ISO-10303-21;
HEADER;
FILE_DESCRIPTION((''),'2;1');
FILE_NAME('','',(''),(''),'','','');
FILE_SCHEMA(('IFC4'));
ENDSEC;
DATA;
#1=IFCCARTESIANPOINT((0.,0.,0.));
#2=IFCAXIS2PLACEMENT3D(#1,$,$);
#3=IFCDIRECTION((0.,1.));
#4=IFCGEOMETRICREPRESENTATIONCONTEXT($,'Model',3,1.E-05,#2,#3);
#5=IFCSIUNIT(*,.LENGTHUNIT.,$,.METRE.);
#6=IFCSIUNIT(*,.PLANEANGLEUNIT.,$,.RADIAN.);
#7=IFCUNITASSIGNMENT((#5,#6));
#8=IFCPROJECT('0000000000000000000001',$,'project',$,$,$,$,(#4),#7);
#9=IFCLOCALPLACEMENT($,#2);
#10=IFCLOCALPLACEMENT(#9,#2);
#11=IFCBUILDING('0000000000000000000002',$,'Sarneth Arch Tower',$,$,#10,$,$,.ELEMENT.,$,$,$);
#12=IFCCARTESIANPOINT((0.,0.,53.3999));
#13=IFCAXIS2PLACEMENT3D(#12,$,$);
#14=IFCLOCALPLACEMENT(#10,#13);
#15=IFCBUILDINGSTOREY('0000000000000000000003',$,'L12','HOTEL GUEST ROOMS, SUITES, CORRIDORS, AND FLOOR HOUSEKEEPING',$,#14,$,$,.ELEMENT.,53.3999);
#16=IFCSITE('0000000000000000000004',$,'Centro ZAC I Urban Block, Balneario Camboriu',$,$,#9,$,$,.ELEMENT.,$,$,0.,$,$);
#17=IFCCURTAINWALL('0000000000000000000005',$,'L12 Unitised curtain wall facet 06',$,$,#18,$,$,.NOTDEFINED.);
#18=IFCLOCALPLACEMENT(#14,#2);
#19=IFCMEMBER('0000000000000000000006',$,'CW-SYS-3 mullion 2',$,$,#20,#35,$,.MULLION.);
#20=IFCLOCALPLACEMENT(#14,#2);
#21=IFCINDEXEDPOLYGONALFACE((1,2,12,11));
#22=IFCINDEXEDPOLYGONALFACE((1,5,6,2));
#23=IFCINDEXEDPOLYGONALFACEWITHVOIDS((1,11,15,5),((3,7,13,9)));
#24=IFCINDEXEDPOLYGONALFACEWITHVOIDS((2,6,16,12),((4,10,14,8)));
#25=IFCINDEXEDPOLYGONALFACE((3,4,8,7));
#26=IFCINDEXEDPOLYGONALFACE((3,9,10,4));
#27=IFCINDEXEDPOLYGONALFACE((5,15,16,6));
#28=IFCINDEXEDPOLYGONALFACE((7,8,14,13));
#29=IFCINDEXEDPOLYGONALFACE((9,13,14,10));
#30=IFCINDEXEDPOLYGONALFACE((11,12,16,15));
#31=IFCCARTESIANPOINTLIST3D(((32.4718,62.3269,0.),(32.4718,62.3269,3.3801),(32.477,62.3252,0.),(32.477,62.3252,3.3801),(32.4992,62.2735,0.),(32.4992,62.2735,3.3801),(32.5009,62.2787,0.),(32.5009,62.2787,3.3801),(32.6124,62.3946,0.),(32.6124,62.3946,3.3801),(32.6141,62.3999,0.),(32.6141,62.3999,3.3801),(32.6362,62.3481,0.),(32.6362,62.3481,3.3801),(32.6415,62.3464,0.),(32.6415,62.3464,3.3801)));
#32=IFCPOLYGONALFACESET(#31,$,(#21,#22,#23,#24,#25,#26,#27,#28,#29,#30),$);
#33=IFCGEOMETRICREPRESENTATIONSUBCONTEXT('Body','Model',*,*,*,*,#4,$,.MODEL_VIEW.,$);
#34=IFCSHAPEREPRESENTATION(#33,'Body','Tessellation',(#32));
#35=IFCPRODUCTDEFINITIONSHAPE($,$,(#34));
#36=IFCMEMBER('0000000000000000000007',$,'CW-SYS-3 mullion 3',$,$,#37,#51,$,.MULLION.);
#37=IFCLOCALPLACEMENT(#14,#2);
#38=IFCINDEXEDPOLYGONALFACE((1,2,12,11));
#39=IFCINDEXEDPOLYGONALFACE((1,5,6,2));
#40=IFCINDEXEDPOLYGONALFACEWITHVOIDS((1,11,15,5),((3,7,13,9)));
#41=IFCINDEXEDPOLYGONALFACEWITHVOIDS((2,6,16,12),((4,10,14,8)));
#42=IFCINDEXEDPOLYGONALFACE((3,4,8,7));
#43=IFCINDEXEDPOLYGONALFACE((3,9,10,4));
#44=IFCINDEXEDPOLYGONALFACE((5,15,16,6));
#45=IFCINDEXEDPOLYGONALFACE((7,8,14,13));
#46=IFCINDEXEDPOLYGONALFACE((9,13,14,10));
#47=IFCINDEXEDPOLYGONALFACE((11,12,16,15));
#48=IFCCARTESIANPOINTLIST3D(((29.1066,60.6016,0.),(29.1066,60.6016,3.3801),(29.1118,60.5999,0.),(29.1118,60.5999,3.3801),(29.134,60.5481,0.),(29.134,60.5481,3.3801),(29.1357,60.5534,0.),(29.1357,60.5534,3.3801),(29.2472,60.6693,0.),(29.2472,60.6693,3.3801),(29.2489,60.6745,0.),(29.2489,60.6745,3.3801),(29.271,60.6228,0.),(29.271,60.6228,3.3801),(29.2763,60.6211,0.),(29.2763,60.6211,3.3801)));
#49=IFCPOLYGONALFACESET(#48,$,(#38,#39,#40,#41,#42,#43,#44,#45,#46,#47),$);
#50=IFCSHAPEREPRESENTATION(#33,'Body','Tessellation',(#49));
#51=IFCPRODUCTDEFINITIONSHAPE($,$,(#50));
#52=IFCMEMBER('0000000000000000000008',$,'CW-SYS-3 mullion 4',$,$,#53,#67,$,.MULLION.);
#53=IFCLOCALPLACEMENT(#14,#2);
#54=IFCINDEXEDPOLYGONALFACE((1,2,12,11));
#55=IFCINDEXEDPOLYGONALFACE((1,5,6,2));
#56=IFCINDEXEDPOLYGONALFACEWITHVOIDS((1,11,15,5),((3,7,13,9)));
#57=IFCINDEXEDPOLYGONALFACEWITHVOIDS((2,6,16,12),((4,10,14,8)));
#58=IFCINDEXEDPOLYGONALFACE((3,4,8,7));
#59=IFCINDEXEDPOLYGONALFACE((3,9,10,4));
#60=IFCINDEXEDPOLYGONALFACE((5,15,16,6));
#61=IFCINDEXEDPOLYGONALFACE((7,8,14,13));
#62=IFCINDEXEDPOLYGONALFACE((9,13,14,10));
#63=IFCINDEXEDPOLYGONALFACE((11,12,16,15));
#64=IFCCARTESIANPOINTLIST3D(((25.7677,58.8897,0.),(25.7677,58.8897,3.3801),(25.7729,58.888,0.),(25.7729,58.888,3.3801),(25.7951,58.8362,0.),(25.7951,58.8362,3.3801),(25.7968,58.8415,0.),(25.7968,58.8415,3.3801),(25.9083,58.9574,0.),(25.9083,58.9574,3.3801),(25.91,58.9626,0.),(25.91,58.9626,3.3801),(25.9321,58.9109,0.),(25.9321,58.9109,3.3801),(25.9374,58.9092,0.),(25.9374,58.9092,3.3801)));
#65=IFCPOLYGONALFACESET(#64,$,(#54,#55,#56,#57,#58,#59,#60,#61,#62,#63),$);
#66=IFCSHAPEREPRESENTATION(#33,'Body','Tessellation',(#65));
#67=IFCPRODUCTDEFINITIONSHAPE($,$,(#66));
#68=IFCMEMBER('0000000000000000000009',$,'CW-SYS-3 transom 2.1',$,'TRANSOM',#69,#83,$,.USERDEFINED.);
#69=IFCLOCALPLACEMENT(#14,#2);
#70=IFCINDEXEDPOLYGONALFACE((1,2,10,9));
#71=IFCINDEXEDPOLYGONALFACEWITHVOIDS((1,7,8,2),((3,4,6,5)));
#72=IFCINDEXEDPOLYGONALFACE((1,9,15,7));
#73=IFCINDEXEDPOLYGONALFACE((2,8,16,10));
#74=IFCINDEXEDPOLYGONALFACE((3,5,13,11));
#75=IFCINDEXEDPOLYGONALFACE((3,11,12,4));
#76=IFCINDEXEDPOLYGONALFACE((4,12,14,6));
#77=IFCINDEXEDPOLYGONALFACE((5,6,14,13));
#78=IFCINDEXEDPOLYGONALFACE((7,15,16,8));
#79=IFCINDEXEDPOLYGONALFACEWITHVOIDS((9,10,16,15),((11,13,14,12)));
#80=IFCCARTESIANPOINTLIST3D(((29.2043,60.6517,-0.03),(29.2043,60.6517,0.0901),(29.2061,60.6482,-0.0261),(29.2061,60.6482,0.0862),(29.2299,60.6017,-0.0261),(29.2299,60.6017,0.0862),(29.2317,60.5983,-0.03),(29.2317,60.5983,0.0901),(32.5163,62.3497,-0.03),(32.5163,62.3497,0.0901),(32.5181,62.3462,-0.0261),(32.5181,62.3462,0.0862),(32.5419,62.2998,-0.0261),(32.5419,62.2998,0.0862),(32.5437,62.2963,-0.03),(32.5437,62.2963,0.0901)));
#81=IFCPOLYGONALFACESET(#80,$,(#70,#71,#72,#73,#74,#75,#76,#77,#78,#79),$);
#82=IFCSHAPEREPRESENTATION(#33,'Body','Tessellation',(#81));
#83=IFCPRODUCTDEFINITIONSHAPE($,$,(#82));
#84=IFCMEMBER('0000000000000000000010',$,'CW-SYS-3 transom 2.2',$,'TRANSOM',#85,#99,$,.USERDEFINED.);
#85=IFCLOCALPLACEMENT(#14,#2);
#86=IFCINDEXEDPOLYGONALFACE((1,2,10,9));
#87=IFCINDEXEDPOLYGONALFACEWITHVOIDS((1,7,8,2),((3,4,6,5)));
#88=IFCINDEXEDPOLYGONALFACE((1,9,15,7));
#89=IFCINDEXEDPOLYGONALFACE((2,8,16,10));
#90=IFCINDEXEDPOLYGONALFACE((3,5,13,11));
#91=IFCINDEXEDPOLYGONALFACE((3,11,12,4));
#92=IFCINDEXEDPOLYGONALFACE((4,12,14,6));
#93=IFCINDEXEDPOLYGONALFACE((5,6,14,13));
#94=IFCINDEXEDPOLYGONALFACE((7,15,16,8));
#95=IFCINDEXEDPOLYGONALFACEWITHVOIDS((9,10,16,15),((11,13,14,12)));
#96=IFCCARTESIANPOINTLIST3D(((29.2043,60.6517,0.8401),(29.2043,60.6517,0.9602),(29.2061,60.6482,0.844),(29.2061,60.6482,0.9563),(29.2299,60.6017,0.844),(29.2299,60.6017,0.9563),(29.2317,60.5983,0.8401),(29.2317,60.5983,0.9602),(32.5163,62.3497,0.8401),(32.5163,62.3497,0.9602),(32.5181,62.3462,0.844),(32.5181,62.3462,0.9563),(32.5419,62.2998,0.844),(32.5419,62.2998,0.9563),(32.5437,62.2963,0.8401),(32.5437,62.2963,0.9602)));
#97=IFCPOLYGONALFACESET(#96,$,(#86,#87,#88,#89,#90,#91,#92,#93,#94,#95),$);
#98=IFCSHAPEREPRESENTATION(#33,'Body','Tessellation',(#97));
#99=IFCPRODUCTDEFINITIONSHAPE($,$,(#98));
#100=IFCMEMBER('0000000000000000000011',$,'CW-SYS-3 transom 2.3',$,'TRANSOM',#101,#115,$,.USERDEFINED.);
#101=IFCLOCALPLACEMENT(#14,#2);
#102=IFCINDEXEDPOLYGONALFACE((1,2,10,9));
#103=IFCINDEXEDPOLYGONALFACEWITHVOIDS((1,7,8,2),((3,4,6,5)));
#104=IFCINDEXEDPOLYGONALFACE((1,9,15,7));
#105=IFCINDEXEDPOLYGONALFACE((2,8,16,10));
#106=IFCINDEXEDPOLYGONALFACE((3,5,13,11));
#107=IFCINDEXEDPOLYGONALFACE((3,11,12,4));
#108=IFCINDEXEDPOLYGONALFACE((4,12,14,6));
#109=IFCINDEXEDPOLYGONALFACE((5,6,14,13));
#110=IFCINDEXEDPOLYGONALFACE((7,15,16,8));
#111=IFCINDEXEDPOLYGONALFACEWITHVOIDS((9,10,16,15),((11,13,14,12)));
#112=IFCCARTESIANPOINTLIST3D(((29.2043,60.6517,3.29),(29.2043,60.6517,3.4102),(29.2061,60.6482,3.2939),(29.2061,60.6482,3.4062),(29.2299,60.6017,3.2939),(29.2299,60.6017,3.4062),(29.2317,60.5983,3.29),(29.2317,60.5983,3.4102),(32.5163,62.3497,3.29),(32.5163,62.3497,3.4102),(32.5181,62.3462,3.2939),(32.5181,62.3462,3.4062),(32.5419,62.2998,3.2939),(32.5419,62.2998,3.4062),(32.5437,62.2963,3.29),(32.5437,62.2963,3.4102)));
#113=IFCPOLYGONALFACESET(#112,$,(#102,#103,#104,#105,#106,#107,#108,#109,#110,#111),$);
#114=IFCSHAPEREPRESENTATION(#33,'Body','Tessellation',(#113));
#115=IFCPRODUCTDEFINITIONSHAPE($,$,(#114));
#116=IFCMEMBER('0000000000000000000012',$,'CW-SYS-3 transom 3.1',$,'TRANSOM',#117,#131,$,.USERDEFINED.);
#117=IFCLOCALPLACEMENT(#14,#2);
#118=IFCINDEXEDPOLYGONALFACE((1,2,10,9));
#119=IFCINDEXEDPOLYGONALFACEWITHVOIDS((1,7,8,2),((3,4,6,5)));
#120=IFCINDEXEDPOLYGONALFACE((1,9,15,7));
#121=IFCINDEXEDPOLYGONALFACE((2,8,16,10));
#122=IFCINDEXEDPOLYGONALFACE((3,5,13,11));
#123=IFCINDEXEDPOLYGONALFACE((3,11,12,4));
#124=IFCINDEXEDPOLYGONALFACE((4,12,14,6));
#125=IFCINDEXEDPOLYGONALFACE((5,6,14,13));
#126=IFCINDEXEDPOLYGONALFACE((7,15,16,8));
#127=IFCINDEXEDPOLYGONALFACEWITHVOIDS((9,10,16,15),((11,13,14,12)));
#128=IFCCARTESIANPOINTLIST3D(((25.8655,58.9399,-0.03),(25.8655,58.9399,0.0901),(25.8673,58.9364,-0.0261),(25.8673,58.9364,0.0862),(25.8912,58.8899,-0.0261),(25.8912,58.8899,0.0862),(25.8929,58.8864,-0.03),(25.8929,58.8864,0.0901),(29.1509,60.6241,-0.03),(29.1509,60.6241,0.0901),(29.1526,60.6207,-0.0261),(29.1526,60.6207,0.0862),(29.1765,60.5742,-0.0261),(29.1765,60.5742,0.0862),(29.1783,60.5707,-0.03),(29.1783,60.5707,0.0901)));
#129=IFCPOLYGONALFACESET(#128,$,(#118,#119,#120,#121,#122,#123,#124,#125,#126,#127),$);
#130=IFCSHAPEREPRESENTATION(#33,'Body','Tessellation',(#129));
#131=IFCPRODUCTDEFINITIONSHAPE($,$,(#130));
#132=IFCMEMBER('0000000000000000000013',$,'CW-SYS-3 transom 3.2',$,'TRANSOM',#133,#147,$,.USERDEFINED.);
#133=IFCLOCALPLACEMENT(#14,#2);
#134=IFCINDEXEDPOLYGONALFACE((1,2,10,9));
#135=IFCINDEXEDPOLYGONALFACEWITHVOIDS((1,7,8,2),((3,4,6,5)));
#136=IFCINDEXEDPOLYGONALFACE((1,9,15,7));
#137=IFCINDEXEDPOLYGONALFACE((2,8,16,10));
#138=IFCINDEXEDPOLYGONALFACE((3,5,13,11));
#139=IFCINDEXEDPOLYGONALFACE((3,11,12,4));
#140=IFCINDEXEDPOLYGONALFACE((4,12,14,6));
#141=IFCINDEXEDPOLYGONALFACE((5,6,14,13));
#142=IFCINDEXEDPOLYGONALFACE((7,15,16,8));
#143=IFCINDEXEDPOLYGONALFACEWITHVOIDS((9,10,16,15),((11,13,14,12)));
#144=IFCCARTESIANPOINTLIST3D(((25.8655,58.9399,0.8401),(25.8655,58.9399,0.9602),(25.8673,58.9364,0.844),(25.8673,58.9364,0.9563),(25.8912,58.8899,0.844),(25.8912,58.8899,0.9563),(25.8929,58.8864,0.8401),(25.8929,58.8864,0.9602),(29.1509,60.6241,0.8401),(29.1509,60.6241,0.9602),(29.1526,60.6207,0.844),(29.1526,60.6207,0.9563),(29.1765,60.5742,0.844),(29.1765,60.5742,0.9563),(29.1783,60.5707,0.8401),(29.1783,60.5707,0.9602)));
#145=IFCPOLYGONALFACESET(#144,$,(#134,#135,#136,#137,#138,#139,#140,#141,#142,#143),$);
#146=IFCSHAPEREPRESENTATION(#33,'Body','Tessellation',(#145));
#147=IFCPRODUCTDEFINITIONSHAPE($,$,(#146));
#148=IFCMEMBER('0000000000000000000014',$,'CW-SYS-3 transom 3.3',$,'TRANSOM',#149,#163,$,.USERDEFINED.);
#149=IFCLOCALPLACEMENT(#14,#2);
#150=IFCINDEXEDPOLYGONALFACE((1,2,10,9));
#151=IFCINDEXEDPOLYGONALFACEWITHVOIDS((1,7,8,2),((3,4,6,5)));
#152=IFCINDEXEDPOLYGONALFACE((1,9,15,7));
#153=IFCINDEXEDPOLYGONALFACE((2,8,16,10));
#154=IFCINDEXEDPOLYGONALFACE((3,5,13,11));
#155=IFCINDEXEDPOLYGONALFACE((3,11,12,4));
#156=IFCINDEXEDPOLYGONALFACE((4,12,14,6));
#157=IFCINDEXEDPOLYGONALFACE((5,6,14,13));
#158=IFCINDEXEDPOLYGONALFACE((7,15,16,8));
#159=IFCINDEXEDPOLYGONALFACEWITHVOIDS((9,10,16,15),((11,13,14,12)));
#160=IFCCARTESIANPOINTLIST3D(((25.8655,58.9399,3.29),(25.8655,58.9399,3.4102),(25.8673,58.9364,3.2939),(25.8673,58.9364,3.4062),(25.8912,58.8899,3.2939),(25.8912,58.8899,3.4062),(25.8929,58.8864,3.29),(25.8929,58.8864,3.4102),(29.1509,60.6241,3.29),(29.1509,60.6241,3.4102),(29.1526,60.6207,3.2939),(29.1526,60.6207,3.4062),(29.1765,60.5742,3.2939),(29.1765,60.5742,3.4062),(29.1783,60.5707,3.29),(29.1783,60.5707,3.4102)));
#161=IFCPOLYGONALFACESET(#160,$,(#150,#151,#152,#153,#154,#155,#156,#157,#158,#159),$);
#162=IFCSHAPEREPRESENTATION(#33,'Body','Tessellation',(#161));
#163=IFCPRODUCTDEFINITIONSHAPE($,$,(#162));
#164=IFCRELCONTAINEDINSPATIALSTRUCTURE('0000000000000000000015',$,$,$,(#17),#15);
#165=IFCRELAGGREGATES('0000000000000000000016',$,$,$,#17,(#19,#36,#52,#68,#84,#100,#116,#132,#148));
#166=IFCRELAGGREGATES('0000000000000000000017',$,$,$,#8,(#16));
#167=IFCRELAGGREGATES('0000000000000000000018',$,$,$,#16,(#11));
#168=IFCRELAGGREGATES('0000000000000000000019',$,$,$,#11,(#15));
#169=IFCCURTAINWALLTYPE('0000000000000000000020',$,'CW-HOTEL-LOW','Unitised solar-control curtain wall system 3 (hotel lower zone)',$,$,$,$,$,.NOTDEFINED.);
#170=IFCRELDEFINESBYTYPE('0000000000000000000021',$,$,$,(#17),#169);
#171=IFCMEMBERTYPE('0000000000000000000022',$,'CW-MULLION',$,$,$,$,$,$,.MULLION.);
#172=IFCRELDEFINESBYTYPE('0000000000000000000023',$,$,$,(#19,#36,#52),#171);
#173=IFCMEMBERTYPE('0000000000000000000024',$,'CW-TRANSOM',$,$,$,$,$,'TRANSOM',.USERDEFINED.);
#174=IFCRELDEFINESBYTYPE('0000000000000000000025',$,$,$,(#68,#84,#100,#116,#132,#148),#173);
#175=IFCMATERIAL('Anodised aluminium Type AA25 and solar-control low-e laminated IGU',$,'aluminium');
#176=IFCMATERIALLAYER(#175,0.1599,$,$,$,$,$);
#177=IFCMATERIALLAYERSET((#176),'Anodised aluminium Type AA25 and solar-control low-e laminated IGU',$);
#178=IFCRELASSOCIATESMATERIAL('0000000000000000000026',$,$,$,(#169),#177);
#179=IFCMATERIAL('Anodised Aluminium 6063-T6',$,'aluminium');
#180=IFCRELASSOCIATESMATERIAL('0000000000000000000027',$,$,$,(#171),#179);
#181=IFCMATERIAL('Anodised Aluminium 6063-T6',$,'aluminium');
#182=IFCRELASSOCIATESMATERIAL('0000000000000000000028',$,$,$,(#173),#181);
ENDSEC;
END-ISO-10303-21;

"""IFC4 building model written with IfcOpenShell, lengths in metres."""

from ifc_helpers import new_model, si_unit, direction, frame, origin, origin_2d, place, context, subcontext, project, spatial, hollow_rectangle, extrude, material, layer, layer_set, material_profile, profile_set, type_object, element, aggregate, save


model = new_model("IFC4")

# Units and contexts
model_context = context("Model", 3, precision=1e-05, world=origin(), true_north=direction((0.0, 1.0)))
body_context = subcontext(model_context, "Body", "Model", "MODEL_VIEW")
ifc_project = project(units=[si_unit("LENGTHUNIT", "METRE"), si_unit("PLANEANGLEUNIT", "RADIAN")], contexts=[model_context])

# Site, building, storey
site_placement = place(None, origin())
site = spatial("IfcSite", under=ifc_project, at=site_placement, Name="Centro ZAC I Urban Block, Balneario Camboriu", CompositionType="ELEMENT", RefElevation=0.0)
building_placement = place(site_placement, origin())
building = spatial("IfcBuilding", under=site, at=building_placement, Name="Sarneth Arch Tower", CompositionType="ELEMENT")
storey_placement = place(building_placement, frame((0.0, 0.0, 53.3999)))
storey = spatial("IfcBuildingStorey", under=building, at=storey_placement, Name="L12", Description="HOTEL GUEST ROOMS, SUITES, CORRIDORS, AND FLOOR HOUSEKEEPING", CompositionType="ELEMENT", Elevation=53.3999)

# Curtain wall, members
ifc_material_1 = material(Name="Anodised aluminium Type AA25 and solar-control low-e laminated IGU", Category="aluminium")
ifc_layer_1 = layer(ifc_material_1, 0.1599)
ifc_layer_set_1 = layer_set([ifc_layer_1], Name="Anodised aluminium Type AA25 and solar-control low-e laminated IGU")
curtain_wall_type = type_object("IfcCurtainWallType", Name="CW-HOTEL-LOW", Description="Unitised solar-control curtain wall system 3 (hotel lower zone)", PredefinedType="NOTDEFINED", material=ifc_layer_set_1)
curtain_wall_placement = place(storey_placement, origin())
curtain_wall = element("IfcCurtainWall", 1, at=curtain_wall_placement, inside=storey, type_object=curtain_wall_type, Name="L12 Unitised curtain wall facet 06", PredefinedType="NOTDEFINED")
ifc_material_2 = material(Name="Anodised Aluminium 6063-T6", Category="aluminium")
ifc_material_profile_1 = material_profile(ifc_material_2, hollow_rectangle(XDim=0.0601, YDim=0.1599, WallThickness=0.0039, at=origin_2d()), Name="AL-MULL-160x60x4")
ifc_profile_set_1 = profile_set([ifc_material_profile_1], Name="Anodised Aluminium 6063-T6")
member_type_1 = type_object("IfcMemberType", Name="CW-MULLION", PredefinedType="MULLION", material=ifc_profile_set_1)
member_1_placement = place(storey_placement, frame((32.5566, 62.3367, 0.0), z_axis=(0.0, 0.0, 1.0), x_axis=(0.456245, -0.889854, 0.0)))
member_1 = element("IfcMember", 2, at=member_1_placement, type_object=member_type_1, Name="CW-SYS-3 mullion 2", PredefinedType="MULLION", context=body_context, shape_type="SweptSolid", body=[
    extrude(hollow_rectangle(XDim=0.0601, YDim=0.1599, WallThickness=0.0039, at=origin_2d()), origin(), (0.0, 0.0, 1.0), 3.3801),
])
member_2_placement = place(storey_placement, frame((29.1914, 60.6113, 0.0), z_axis=(0.0, 0.0, 1.0), x_axis=(0.456245, -0.889854, 0.0)))
member_2 = element("IfcMember", 3, at=member_2_placement, type_object=member_type_1, Name="CW-SYS-3 mullion 3", PredefinedType="MULLION", context=body_context, shape_type="SweptSolid", body=[
    extrude(hollow_rectangle(XDim=0.0601, YDim=0.1599, WallThickness=0.0039, at=origin_2d()), origin(), (0.0, 0.0, 1.0), 3.3801),
])
member_3_placement = place(storey_placement, frame((25.8525, 58.8994, 0.0), z_axis=(0.0, 0.0, 1.0), x_axis=(0.456245, -0.889854, 0.0)))
member_3 = element("IfcMember", 4, at=member_3_placement, type_object=member_type_1, Name="CW-SYS-3 mullion 4", PredefinedType="MULLION", context=body_context, shape_type="SweptSolid", body=[
    extrude(hollow_rectangle(XDim=0.0601, YDim=0.1599, WallThickness=0.0039, at=origin_2d()), origin(), (0.0, 0.0, 1.0), 3.3801),
])
ifc_material_3 = material(Name="Anodised Aluminium 6063-T6", Category="aluminium")
ifc_material_profile_2 = material_profile(ifc_material_3, hollow_rectangle(XDim=0.0601, YDim=0.1201, WallThickness=0.0039, at=origin_2d()), Name="AL-TRAN-120x60x4")
ifc_profile_set_2 = profile_set([ifc_material_profile_2], Name="Anodised Aluminium 6063-T6")
member_type_2 = type_object("IfcMemberType", Name="CW-TRANSOM", ElementType="TRANSOM", PredefinedType="USERDEFINED", material=ifc_profile_set_2)
member_4_placement = place(storey_placement, frame((32.53, 62.323, 0.03), z_axis=(-0.889869, -0.456217, 0.0), x_axis=(0.456217, -0.889869, 0.0)))
member_4 = element("IfcMember", 5, at=member_4_placement, type_object=member_type_2, Name="CW-SYS-3 transom 2.1", ObjectType="TRANSOM", PredefinedType="USERDEFINED", context=body_context, shape_type="SweptSolid", body=[
    extrude(hollow_rectangle(XDim=0.0601, YDim=0.1201, WallThickness=0.0039, at=origin_2d()), origin(), (0.0, 0.0, 1.0), 3.7219),
])
member_5_placement = place(storey_placement, frame((32.53, 62.323, 0.9001), z_axis=(-0.889869, -0.456217, 0.0), x_axis=(0.456217, -0.889869, 0.0)))
member_5 = element("IfcMember", 6, at=member_5_placement, type_object=member_type_2, Name="CW-SYS-3 transom 2.2", ObjectType="TRANSOM", PredefinedType="USERDEFINED", context=body_context, shape_type="SweptSolid", body=[
    extrude(hollow_rectangle(XDim=0.0601, YDim=0.1201, WallThickness=0.0039, at=origin_2d()), origin(), (0.0, 0.0, 1.0), 3.7219),
])
member_6_placement = place(storey_placement, frame((32.53, 62.323, 3.3501), z_axis=(-0.889869, -0.456217, 0.0), x_axis=(0.456217, -0.889869, 0.0)))
member_6 = element("IfcMember", 7, at=member_6_placement, type_object=member_type_2, Name="CW-SYS-3 transom 2.3", ObjectType="TRANSOM", PredefinedType="USERDEFINED", context=body_context, shape_type="SweptSolid", body=[
    extrude(hollow_rectangle(XDim=0.0601, YDim=0.1201, WallThickness=0.0039, at=origin_2d()), origin(), (0.0, 0.0, 1.0), 3.7219),
])
member_7_placement = place(storey_placement, frame((29.1646, 60.5974, 0.03), z_axis=(-0.889872, -0.456211, 0.0), x_axis=(0.456211, -0.889872, 0.0)))
member_7 = element("IfcMember", 8, at=member_7_placement, type_object=member_type_2, Name="CW-SYS-3 transom 3.1", ObjectType="TRANSOM", PredefinedType="USERDEFINED", context=body_context, shape_type="SweptSolid", body=[
    extrude(hollow_rectangle(XDim=0.0601, YDim=0.1201, WallThickness=0.0039, at=origin_2d()), origin(), (0.0, 0.0, 1.0), 3.6919),
])
member_8_placement = place(storey_placement, frame((29.1646, 60.5974, 0.9001), z_axis=(-0.889872, -0.456211, 0.0), x_axis=(0.456211, -0.889872, 0.0)))
member_8 = element("IfcMember", 9, at=member_8_placement, type_object=member_type_2, Name="CW-SYS-3 transom 3.2", ObjectType="TRANSOM", PredefinedType="USERDEFINED", context=body_context, shape_type="SweptSolid", body=[
    extrude(hollow_rectangle(XDim=0.0601, YDim=0.1201, WallThickness=0.0039, at=origin_2d()), origin(), (0.0, 0.0, 1.0), 3.6919),
])
member_9_placement = place(storey_placement, frame((29.1646, 60.5974, 3.3501), z_axis=(-0.889872, -0.456211, 0.0), x_axis=(0.456211, -0.889872, 0.0)))
member_9 = element("IfcMember", 10, at=member_9_placement, type_object=member_type_2, Name="CW-SYS-3 transom 3.3", ObjectType="TRANSOM", PredefinedType="USERDEFINED", context=body_context, shape_type="SweptSolid", body=[
    extrude(hollow_rectangle(XDim=0.0601, YDim=0.1201, WallThickness=0.0039, at=origin_2d()), origin(), (0.0, 0.0, 1.0), 3.6919),
])

aggregate(curtain_wall, [member_1, member_2, member_3, member_4, member_5, member_6, member_7, member_8, member_9])

save(model, "model.ifc")
